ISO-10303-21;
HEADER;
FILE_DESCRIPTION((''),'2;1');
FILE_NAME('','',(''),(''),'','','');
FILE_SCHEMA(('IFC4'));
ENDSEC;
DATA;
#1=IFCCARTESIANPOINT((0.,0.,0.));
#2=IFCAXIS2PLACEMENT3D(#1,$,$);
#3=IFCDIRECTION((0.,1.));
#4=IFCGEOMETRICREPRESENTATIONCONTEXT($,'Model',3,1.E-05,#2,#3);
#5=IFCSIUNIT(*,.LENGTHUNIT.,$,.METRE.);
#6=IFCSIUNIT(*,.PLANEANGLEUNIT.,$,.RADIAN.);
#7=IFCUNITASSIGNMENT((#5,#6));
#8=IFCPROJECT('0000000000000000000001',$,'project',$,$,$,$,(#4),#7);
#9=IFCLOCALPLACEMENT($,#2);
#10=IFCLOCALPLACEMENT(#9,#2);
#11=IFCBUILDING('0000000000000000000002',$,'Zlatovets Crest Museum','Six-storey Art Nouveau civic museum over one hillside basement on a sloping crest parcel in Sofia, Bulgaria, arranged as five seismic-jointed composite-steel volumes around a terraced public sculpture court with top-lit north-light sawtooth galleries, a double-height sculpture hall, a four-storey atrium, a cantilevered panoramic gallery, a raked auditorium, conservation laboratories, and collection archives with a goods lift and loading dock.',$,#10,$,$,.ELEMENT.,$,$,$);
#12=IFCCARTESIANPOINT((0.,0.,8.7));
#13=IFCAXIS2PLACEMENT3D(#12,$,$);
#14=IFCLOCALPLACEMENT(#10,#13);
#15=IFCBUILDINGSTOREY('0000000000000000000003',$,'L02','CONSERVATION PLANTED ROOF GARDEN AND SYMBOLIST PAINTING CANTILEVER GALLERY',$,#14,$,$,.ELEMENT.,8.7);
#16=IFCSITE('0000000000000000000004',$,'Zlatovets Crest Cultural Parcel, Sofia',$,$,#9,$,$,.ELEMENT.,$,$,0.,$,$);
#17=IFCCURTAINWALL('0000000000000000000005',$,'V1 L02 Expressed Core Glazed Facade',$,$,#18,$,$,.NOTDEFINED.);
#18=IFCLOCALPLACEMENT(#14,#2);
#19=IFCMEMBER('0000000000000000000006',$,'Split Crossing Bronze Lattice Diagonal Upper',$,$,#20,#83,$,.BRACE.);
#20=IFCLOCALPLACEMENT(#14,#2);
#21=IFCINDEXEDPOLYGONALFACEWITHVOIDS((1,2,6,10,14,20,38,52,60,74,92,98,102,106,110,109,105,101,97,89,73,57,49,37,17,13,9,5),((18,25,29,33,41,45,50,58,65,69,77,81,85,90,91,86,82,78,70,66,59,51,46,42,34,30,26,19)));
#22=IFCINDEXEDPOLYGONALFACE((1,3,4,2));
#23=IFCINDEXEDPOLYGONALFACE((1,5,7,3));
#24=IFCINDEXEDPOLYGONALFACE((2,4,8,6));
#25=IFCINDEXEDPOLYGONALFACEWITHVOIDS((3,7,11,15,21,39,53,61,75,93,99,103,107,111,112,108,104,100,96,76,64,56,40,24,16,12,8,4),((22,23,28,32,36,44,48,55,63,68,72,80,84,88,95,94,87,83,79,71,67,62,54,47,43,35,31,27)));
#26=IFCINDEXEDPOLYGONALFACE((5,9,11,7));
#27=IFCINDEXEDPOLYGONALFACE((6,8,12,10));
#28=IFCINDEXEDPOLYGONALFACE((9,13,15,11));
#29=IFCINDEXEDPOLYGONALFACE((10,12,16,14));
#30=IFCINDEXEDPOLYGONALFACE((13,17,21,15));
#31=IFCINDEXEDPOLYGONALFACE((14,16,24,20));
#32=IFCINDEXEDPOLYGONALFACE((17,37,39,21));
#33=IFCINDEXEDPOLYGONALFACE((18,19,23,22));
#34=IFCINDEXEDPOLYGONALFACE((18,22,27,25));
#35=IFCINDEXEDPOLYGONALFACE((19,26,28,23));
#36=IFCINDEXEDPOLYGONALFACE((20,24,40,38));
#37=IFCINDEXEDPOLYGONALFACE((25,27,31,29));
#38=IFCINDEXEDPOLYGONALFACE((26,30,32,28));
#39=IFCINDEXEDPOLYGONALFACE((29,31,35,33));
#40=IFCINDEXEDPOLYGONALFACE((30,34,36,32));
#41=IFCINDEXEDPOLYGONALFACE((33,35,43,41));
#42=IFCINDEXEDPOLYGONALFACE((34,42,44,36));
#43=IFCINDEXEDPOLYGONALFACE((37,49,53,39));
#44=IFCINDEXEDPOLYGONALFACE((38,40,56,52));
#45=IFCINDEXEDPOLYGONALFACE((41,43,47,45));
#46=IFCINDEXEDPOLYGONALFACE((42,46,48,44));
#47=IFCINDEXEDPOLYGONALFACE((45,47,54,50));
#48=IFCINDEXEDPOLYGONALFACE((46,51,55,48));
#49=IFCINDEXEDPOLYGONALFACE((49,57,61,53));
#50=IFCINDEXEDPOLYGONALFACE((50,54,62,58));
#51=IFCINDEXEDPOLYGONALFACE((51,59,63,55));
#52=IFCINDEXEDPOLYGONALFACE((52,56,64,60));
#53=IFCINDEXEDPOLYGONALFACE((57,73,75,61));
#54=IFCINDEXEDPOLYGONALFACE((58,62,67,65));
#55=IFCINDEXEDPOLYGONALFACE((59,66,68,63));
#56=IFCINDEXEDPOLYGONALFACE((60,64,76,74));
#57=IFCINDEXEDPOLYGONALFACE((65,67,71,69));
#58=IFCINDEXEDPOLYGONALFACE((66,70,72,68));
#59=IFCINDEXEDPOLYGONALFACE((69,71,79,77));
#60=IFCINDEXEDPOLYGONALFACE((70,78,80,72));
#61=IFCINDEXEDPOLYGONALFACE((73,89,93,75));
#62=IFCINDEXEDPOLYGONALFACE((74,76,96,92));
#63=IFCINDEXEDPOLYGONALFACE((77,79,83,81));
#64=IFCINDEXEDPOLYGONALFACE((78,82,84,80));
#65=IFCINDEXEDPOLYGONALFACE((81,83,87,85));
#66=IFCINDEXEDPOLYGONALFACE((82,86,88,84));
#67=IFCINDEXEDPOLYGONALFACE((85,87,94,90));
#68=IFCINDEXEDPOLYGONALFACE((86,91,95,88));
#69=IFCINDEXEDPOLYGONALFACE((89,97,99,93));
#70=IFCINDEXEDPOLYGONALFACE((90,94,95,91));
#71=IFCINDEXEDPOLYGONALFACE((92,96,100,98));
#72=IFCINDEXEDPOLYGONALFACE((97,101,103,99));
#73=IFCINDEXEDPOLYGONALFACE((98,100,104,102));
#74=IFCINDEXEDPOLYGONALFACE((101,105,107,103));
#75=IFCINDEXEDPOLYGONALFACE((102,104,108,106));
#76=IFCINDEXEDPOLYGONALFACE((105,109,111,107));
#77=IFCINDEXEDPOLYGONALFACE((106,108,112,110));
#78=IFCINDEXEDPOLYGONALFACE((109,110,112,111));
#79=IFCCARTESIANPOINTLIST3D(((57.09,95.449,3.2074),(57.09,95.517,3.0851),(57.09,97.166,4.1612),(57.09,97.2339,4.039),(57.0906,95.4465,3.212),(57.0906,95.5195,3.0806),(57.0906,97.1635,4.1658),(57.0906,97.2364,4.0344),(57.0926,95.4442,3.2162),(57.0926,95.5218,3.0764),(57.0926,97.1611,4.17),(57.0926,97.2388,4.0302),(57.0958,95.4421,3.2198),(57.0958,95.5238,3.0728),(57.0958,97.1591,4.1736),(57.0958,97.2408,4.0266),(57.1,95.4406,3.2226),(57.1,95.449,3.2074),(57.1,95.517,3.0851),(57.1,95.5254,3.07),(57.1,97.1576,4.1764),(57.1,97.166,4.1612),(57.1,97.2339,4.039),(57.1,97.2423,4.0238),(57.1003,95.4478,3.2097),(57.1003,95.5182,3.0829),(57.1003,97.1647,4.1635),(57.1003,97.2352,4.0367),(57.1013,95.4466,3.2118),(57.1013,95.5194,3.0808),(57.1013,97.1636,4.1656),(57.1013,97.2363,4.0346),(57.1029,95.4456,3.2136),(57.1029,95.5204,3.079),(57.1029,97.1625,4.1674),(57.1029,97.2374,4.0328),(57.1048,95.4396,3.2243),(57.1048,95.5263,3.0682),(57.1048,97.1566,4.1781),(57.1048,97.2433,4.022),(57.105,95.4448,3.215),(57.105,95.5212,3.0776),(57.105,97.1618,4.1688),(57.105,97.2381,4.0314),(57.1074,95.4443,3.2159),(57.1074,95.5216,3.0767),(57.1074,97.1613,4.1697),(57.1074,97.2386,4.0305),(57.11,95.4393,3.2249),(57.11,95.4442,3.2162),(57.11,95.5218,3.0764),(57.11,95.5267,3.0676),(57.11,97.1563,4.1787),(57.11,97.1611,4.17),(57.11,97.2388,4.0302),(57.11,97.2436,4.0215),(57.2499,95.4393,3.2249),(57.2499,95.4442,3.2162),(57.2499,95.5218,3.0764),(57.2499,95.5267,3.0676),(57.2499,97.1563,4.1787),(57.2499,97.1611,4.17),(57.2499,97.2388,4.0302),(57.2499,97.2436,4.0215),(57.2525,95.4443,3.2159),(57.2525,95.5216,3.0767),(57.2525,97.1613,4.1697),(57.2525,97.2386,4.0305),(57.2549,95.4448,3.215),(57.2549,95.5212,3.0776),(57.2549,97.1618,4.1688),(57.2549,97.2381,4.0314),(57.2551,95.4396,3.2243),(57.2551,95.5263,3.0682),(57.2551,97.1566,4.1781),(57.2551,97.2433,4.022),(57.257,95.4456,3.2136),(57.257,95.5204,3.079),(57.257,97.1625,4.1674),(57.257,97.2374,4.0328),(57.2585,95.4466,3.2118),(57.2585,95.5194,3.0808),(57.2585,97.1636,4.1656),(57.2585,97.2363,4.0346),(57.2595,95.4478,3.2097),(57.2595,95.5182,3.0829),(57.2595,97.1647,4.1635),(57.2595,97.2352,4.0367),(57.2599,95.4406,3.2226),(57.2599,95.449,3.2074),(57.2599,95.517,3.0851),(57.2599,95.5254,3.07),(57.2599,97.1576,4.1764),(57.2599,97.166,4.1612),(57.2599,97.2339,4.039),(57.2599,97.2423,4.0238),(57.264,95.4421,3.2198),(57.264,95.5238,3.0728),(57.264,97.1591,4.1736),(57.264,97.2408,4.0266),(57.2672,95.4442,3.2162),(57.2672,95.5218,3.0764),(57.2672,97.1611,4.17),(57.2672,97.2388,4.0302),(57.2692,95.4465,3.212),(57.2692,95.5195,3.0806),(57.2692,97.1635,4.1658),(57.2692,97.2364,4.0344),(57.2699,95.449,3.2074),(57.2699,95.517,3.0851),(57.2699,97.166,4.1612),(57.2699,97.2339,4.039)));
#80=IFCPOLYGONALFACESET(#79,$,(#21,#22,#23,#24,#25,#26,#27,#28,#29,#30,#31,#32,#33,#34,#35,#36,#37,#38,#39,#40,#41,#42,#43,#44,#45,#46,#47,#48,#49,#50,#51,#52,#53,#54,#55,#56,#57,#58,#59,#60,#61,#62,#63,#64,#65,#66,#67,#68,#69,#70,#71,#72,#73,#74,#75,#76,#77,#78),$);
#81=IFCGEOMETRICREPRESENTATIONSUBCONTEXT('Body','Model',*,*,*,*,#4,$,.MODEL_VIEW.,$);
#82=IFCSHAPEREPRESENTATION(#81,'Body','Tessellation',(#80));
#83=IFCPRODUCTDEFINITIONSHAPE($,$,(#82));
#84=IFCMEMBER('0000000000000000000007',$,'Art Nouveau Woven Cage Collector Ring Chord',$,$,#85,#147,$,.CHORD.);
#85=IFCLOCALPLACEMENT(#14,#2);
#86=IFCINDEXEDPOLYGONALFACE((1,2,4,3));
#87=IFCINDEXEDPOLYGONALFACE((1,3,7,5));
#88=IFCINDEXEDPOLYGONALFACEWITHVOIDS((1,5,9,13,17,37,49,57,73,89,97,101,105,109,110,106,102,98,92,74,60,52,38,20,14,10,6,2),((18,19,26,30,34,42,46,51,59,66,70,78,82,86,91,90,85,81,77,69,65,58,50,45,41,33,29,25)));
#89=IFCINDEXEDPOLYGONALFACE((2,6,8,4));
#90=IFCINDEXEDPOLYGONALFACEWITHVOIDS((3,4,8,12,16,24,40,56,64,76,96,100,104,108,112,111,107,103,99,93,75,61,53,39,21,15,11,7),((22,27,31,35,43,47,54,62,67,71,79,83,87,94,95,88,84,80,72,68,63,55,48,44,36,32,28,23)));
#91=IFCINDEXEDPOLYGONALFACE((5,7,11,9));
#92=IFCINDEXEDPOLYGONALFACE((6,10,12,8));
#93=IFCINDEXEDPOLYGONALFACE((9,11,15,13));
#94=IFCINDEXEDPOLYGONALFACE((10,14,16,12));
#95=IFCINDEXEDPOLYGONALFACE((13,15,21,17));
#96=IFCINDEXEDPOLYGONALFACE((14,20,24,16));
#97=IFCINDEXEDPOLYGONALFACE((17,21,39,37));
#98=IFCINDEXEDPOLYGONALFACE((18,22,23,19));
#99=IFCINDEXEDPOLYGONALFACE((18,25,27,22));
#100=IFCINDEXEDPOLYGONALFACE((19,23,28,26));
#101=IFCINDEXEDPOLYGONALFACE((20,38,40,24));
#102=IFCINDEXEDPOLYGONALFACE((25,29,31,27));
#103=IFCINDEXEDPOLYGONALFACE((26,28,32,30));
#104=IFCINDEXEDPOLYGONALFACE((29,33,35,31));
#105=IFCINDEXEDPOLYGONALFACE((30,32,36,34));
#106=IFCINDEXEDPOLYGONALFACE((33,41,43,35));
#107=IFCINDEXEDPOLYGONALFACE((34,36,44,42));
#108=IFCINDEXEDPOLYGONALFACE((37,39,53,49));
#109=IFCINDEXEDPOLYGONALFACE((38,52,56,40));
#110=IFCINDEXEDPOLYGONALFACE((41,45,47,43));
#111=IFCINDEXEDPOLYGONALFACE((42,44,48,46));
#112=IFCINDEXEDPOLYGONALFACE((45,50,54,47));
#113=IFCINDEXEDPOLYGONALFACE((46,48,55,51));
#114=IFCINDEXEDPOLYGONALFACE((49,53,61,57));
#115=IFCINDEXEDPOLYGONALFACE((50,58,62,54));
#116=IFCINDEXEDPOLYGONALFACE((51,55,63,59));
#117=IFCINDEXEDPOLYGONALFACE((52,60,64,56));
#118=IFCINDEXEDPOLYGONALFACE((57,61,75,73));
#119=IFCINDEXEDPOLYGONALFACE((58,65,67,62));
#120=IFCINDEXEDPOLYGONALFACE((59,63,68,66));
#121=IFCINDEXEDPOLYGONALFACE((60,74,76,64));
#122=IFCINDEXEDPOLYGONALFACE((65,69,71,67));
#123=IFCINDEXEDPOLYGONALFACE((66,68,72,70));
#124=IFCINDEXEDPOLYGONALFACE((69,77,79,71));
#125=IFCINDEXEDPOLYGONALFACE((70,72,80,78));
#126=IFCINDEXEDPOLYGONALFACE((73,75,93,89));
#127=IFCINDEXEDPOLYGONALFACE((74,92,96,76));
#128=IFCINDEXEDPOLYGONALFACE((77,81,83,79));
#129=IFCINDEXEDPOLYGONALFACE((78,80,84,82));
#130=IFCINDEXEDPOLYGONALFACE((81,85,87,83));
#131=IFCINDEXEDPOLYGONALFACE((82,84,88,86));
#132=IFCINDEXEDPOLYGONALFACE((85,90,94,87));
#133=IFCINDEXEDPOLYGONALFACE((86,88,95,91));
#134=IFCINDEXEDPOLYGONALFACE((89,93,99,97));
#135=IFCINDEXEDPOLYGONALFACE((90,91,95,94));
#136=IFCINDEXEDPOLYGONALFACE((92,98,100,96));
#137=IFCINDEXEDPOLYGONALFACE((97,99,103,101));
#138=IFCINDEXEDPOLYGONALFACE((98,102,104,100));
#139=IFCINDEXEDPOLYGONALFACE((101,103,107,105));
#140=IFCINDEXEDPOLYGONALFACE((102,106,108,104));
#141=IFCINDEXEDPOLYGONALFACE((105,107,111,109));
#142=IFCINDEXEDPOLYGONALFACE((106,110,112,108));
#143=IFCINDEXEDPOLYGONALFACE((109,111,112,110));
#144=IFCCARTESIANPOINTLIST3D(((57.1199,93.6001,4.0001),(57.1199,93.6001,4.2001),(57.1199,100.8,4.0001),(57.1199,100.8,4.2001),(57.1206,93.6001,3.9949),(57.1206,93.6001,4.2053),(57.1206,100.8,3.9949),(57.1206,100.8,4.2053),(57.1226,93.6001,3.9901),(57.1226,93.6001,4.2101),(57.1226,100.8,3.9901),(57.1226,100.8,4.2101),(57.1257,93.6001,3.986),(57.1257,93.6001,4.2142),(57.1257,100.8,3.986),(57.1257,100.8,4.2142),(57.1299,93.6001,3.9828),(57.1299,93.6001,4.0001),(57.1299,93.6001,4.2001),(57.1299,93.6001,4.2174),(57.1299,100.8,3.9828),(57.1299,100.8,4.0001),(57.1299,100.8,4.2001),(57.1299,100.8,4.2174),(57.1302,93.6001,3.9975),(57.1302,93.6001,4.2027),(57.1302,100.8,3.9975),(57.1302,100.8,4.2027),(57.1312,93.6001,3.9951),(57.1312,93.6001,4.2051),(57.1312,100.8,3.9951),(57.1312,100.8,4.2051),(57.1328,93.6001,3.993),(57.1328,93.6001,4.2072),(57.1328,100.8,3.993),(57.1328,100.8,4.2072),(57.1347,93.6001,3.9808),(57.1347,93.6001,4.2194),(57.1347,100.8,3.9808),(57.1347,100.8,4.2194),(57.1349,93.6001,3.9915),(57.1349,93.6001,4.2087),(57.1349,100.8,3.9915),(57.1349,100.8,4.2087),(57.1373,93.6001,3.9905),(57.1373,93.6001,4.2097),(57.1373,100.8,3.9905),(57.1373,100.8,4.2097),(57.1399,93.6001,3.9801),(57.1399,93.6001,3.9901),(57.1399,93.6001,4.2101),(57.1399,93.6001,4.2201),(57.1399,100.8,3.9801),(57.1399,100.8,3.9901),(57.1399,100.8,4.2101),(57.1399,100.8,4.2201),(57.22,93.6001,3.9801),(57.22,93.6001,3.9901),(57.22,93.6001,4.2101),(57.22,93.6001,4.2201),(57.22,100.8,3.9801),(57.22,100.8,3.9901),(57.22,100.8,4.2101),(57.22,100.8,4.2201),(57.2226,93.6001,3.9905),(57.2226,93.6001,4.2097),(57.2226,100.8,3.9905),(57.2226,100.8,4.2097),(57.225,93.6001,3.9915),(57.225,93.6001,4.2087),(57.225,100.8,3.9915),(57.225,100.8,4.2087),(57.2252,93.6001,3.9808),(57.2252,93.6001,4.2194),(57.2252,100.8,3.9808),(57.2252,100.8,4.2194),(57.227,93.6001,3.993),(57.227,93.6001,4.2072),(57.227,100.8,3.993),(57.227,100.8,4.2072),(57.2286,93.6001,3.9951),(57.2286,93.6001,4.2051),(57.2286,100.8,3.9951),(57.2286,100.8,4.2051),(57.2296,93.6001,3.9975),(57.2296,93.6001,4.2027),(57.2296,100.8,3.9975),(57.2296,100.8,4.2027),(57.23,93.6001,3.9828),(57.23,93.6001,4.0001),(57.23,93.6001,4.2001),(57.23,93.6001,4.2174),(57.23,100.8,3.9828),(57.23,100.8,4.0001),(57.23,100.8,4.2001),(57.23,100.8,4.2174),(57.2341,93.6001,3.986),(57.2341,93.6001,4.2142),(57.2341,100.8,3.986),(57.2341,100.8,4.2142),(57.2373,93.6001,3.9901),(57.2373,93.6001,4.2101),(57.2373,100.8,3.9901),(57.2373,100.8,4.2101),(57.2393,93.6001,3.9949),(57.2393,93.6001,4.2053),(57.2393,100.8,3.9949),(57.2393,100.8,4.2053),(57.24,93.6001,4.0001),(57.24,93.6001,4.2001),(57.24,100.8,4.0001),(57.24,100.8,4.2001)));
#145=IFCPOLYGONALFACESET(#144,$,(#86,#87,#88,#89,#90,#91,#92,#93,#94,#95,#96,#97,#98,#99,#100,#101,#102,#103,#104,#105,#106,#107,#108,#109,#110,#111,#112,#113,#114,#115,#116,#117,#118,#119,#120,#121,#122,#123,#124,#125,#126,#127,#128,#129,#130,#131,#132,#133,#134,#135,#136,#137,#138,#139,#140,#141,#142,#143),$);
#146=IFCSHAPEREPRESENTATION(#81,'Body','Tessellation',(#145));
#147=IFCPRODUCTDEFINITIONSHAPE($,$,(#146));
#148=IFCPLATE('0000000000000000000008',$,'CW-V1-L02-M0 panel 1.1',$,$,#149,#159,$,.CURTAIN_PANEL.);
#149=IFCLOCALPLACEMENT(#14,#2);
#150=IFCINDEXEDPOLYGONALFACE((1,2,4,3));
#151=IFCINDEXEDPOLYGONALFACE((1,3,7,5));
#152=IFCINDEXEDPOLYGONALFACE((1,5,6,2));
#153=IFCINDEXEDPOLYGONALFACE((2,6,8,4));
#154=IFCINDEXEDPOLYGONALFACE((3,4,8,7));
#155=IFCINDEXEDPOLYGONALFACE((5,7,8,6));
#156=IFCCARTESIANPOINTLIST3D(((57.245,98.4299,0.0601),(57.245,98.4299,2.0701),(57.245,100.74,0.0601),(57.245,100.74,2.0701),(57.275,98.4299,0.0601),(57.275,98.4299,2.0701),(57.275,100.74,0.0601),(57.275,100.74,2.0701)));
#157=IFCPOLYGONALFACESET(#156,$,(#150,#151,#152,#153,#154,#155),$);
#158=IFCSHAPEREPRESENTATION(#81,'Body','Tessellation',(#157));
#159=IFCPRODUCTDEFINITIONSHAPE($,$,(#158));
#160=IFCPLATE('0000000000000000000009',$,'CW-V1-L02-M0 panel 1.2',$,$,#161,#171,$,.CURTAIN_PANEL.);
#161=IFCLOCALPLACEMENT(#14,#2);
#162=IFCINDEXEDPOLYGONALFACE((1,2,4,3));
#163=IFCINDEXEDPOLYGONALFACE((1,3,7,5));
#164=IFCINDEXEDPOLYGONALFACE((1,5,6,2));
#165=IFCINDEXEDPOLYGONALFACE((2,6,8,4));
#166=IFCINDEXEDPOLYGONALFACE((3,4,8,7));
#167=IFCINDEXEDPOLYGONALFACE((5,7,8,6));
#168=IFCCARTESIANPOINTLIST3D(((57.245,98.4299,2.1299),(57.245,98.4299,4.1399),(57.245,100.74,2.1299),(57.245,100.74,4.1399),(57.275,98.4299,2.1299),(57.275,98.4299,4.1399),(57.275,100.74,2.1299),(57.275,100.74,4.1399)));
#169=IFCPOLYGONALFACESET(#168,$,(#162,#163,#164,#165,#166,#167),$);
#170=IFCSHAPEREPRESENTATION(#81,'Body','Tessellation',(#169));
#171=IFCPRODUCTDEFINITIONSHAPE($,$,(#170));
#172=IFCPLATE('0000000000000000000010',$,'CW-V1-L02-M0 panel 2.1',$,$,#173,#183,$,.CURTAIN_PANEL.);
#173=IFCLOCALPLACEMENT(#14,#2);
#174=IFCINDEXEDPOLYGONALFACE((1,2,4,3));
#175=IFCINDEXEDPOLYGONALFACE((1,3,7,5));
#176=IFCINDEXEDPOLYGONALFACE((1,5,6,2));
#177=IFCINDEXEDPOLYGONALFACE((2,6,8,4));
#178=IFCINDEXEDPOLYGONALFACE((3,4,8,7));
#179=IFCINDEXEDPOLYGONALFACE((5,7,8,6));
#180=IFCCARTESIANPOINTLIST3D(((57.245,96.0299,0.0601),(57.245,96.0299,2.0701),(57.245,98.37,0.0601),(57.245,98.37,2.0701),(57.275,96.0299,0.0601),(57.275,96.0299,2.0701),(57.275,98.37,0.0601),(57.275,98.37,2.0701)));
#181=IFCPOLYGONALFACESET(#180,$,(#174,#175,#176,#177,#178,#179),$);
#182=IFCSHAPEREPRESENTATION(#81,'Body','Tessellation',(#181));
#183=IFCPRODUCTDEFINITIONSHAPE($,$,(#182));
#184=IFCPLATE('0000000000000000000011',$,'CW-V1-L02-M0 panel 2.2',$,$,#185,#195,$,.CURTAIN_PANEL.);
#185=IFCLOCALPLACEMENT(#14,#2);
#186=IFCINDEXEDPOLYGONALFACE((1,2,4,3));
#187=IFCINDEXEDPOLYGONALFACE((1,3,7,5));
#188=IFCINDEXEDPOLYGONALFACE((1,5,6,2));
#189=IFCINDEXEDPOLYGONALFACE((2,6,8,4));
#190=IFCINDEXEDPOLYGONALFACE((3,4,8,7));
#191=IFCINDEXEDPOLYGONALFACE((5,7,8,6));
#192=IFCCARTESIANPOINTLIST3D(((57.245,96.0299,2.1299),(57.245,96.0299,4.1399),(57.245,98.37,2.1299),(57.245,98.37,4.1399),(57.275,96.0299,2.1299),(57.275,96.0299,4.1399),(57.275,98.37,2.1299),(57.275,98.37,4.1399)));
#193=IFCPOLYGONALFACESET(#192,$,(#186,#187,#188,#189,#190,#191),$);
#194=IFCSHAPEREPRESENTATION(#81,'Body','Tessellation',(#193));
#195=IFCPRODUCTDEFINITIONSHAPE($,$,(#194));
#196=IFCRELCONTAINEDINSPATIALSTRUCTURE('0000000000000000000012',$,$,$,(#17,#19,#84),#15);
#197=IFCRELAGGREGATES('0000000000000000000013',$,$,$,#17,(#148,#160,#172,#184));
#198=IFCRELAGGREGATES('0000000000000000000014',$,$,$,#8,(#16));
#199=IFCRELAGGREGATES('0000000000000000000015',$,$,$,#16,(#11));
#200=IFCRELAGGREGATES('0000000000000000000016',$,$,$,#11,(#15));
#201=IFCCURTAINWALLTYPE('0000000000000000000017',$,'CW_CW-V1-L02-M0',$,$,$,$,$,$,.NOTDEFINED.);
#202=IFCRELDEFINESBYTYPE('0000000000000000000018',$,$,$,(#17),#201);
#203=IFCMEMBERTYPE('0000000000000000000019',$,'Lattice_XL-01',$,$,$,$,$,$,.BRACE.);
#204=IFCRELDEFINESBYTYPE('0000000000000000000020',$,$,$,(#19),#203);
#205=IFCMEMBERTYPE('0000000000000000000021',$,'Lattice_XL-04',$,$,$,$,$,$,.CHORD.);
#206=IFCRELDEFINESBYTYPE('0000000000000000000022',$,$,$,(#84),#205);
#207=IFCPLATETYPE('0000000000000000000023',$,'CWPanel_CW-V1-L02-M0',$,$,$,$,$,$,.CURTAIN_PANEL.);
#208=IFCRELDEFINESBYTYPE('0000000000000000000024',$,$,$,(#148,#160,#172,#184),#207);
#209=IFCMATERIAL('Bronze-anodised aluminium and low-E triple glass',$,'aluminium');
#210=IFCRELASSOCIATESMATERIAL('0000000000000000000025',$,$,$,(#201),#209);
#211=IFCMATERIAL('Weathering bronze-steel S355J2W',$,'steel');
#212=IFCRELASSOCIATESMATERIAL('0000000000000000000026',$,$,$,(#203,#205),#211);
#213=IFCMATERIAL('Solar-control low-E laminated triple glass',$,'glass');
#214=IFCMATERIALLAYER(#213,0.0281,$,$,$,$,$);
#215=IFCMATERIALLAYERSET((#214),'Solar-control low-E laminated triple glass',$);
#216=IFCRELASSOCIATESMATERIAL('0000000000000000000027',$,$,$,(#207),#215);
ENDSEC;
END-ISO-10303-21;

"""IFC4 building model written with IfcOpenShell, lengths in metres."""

from ifc_helpers import new_model, si_unit, direction, frame, origin, origin_2d, place, context, subcontext, project, spatial, rectangle, hollow_rectangle, extrude, material, layer, layer_set, material_profile, profile_set, type_object, element, aggregate, save


model = new_model("IFC4")

# Units and contexts
model_context = context("Model", 3, precision=1e-05, world=origin(), true_north=direction((0.0, 1.0)))
body_context = subcontext(model_context, "Body", "Model", "MODEL_VIEW")
ifc_project = project(units=[si_unit("LENGTHUNIT", "METRE"), si_unit("PLANEANGLEUNIT", "RADIAN")], contexts=[model_context])

# Site, building, storey
site_placement = place(None, origin())
site = spatial("IfcSite", under=ifc_project, at=site_placement, Name="Zlatovets Crest Cultural Parcel, Sofia", CompositionType="ELEMENT", RefElevation=0.0)
building_placement = place(site_placement, origin())
building = spatial("IfcBuilding", under=site, at=building_placement, Name="Zlatovets Crest Museum", Description="Six-storey Art Nouveau civic museum over one hillside basement on a sloping crest parcel in Sofia, Bulgaria, arranged as five seismic-jointed composite-steel volumes around a terraced public sculpture court with top-lit north-light sawtooth galleries, a double-height sculpture hall, a four-storey atrium, a cantilevered panoramic gallery, a raked auditorium, conservation laboratories, and collection archives with a goods lift and loading dock.", CompositionType="ELEMENT")
storey_placement = place(building_placement, frame((0.0, 0.0, 8.7)))
storey = spatial("IfcBuildingStorey", under=building, at=storey_placement, Name="L02", Description="CONSERVATION PLANTED ROOF GARDEN AND SYMBOLIST PAINTING CANTILEVER GALLERY", CompositionType="ELEMENT", Elevation=8.7)

# Curtain wall
ifc_material_1 = material(Name="Bronze-anodised aluminium and low-E triple glass", Category="aluminium")
curtain_wall_type = type_object("IfcCurtainWallType", Name="CW_CW-V1-L02-M0", PredefinedType="NOTDEFINED", material=ifc_material_1)
curtain_wall_placement = place(storey_placement, origin())
curtain_wall = element("IfcCurtainWall", 1, at=curtain_wall_placement, inside=storey, type_object=curtain_wall_type, Name="V1 L02 Expressed Core Glazed Facade", PredefinedType="NOTDEFINED")

# Members
ifc_material_2 = material(Name="Weathering bronze-steel S355J2W", Category="steel")
ifc_material_profile_1 = material_profile(ifc_material_2, hollow_rectangle(XDim=0.1799, YDim=0.1799, WallThickness=0.01, InnerFilletRadius=0.01, OuterFilletRadius=0.02, at=origin_2d()), Name="SHS 180x180x10.0")
ifc_profile_set_1 = profile_set([ifc_material_profile_1], Name="Weathering bronze-steel S355J2W")
member_type_1 = type_object("IfcMemberType", Name="Lattice_XL-01", PredefinedType="BRACE", material=ifc_profile_set_1)
member_1_placement = place(storey_placement, frame((57.1799, 97.2, 4.1001), z_axis=(0.0, -0.874169, -0.485622), x_axis=(1.0, 0.0, 0.0)))
element("IfcMember", 2, at=member_1_placement, inside=storey, type_object=member_type_1, Name="Split Crossing Bronze Lattice Diagonal Upper", PredefinedType="BRACE", context=body_context, shape_type="SweptSolid", body=[
    extrude(hollow_rectangle(XDim=0.1799, YDim=0.1799, WallThickness=0.01, InnerFilletRadius=0.01, OuterFilletRadius=0.02, at=origin_2d()), origin(), (0.0, 0.0, 1.0), 1.9641),
])
ifc_material_profile_2 = material_profile(ifc_material_2, hollow_rectangle(XDim=0.1201, YDim=0.24, WallThickness=0.01, InnerFilletRadius=0.01, OuterFilletRadius=0.02, at=origin_2d()), Name="RHS 120x240x10.0")
ifc_profile_set_2 = profile_set([ifc_material_profile_2], Name="Weathering bronze-steel S355J2W")
member_type_2 = type_object("IfcMemberType", Name="Lattice_XL-04", PredefinedType="CHORD", material=ifc_profile_set_2)
member_2_placement = place(storey_placement, frame((57.1799, 100.8, 4.1001), z_axis=(0.0, -1.0, 0.0), x_axis=(1.0, 0.0, 0.0)))
element("IfcMember", 3, at=member_2_placement, inside=storey, type_object=member_type_2, Name="Art Nouveau Woven Cage Collector Ring Chord", PredefinedType="CHORD", context=body_context, shape_type="SweptSolid", body=[
    extrude(hollow_rectangle(XDim=0.1201, YDim=0.24, WallThickness=0.01, InnerFilletRadius=0.01, OuterFilletRadius=0.02, at=origin_2d()), origin(), (0.0, 0.0, 1.0), 7.2),
])

# Plates
ifc_material_3 = material(Name="Solar-control low-E laminated triple glass", Category="glass")
ifc_layer_1 = layer(ifc_material_3, 0.0281)
ifc_layer_set_1 = layer_set([ifc_layer_1], Name="Solar-control low-E laminated triple glass")
plate_type_1 = type_object("IfcPlateType", Name="CWPanel_CW-V1-L02-M0", PredefinedType="CURTAIN_PANEL", material=ifc_layer_set_1)
plate_1_placement = place(storey_placement, frame((57.26, 99.585, 0.0601), z_axis=(0.0, 0.0, 1.0), x_axis=(0.0, -1.0, 0.0)))
plate_1 = element("IfcPlate", 4, at=plate_1_placement, type_object=plate_type_1, Name="CW-V1-L02-M0 panel 1.1", PredefinedType="CURTAIN_PANEL", context=body_context, shape_type="SweptSolid", body=[
    extrude(rectangle(XDim=2.3101, YDim=0.03, at=origin_2d()), origin(), (0.0, 0.0, 1.0), 2.01),
])
plate_2_placement = place(storey_placement, frame((57.26, 99.585, 2.1299), z_axis=(0.0, 0.0, 1.0), x_axis=(0.0, -1.0, 0.0)))
plate_2 = element("IfcPlate", 5, at=plate_2_placement, type_object=plate_type_1, Name="CW-V1-L02-M0 panel 1.2", PredefinedType="CURTAIN_PANEL", context=body_context, shape_type="SweptSolid", body=[
    extrude(rectangle(XDim=2.3101, YDim=0.03, at=origin_2d()), origin(), (0.0, 0.0, 1.0), 2.01),
])
plate_3_placement = place(storey_placement, frame((57.26, 97.2, 0.0601), z_axis=(0.0, 0.0, 1.0), x_axis=(0.0, -1.0, 0.0)))
plate_3 = element("IfcPlate", 6, at=plate_3_placement, type_object=plate_type_1, Name="CW-V1-L02-M0 panel 2.1", PredefinedType="CURTAIN_PANEL", context=body_context, shape_type="SweptSolid", body=[
    extrude(rectangle(XDim=2.3401, YDim=0.03, at=origin_2d()), origin(), (0.0, 0.0, 1.0), 2.01),
])
plate_4_placement = place(storey_placement, frame((57.26, 97.2, 2.1299), z_axis=(0.0, 0.0, 1.0), x_axis=(0.0, -1.0, 0.0)))
plate_4 = element("IfcPlate", 7, at=plate_4_placement, type_object=plate_type_1, Name="CW-V1-L02-M0 panel 2.2", PredefinedType="CURTAIN_PANEL", context=body_context, shape_type="SweptSolid", body=[
    extrude(rectangle(XDim=2.3401, YDim=0.03, at=origin_2d()), origin(), (0.0, 0.0, 1.0), 2.01),
])
aggregate(curtain_wall, [plate_1, plate_2, plate_3, plate_4])

save(model, "model.ifc")
